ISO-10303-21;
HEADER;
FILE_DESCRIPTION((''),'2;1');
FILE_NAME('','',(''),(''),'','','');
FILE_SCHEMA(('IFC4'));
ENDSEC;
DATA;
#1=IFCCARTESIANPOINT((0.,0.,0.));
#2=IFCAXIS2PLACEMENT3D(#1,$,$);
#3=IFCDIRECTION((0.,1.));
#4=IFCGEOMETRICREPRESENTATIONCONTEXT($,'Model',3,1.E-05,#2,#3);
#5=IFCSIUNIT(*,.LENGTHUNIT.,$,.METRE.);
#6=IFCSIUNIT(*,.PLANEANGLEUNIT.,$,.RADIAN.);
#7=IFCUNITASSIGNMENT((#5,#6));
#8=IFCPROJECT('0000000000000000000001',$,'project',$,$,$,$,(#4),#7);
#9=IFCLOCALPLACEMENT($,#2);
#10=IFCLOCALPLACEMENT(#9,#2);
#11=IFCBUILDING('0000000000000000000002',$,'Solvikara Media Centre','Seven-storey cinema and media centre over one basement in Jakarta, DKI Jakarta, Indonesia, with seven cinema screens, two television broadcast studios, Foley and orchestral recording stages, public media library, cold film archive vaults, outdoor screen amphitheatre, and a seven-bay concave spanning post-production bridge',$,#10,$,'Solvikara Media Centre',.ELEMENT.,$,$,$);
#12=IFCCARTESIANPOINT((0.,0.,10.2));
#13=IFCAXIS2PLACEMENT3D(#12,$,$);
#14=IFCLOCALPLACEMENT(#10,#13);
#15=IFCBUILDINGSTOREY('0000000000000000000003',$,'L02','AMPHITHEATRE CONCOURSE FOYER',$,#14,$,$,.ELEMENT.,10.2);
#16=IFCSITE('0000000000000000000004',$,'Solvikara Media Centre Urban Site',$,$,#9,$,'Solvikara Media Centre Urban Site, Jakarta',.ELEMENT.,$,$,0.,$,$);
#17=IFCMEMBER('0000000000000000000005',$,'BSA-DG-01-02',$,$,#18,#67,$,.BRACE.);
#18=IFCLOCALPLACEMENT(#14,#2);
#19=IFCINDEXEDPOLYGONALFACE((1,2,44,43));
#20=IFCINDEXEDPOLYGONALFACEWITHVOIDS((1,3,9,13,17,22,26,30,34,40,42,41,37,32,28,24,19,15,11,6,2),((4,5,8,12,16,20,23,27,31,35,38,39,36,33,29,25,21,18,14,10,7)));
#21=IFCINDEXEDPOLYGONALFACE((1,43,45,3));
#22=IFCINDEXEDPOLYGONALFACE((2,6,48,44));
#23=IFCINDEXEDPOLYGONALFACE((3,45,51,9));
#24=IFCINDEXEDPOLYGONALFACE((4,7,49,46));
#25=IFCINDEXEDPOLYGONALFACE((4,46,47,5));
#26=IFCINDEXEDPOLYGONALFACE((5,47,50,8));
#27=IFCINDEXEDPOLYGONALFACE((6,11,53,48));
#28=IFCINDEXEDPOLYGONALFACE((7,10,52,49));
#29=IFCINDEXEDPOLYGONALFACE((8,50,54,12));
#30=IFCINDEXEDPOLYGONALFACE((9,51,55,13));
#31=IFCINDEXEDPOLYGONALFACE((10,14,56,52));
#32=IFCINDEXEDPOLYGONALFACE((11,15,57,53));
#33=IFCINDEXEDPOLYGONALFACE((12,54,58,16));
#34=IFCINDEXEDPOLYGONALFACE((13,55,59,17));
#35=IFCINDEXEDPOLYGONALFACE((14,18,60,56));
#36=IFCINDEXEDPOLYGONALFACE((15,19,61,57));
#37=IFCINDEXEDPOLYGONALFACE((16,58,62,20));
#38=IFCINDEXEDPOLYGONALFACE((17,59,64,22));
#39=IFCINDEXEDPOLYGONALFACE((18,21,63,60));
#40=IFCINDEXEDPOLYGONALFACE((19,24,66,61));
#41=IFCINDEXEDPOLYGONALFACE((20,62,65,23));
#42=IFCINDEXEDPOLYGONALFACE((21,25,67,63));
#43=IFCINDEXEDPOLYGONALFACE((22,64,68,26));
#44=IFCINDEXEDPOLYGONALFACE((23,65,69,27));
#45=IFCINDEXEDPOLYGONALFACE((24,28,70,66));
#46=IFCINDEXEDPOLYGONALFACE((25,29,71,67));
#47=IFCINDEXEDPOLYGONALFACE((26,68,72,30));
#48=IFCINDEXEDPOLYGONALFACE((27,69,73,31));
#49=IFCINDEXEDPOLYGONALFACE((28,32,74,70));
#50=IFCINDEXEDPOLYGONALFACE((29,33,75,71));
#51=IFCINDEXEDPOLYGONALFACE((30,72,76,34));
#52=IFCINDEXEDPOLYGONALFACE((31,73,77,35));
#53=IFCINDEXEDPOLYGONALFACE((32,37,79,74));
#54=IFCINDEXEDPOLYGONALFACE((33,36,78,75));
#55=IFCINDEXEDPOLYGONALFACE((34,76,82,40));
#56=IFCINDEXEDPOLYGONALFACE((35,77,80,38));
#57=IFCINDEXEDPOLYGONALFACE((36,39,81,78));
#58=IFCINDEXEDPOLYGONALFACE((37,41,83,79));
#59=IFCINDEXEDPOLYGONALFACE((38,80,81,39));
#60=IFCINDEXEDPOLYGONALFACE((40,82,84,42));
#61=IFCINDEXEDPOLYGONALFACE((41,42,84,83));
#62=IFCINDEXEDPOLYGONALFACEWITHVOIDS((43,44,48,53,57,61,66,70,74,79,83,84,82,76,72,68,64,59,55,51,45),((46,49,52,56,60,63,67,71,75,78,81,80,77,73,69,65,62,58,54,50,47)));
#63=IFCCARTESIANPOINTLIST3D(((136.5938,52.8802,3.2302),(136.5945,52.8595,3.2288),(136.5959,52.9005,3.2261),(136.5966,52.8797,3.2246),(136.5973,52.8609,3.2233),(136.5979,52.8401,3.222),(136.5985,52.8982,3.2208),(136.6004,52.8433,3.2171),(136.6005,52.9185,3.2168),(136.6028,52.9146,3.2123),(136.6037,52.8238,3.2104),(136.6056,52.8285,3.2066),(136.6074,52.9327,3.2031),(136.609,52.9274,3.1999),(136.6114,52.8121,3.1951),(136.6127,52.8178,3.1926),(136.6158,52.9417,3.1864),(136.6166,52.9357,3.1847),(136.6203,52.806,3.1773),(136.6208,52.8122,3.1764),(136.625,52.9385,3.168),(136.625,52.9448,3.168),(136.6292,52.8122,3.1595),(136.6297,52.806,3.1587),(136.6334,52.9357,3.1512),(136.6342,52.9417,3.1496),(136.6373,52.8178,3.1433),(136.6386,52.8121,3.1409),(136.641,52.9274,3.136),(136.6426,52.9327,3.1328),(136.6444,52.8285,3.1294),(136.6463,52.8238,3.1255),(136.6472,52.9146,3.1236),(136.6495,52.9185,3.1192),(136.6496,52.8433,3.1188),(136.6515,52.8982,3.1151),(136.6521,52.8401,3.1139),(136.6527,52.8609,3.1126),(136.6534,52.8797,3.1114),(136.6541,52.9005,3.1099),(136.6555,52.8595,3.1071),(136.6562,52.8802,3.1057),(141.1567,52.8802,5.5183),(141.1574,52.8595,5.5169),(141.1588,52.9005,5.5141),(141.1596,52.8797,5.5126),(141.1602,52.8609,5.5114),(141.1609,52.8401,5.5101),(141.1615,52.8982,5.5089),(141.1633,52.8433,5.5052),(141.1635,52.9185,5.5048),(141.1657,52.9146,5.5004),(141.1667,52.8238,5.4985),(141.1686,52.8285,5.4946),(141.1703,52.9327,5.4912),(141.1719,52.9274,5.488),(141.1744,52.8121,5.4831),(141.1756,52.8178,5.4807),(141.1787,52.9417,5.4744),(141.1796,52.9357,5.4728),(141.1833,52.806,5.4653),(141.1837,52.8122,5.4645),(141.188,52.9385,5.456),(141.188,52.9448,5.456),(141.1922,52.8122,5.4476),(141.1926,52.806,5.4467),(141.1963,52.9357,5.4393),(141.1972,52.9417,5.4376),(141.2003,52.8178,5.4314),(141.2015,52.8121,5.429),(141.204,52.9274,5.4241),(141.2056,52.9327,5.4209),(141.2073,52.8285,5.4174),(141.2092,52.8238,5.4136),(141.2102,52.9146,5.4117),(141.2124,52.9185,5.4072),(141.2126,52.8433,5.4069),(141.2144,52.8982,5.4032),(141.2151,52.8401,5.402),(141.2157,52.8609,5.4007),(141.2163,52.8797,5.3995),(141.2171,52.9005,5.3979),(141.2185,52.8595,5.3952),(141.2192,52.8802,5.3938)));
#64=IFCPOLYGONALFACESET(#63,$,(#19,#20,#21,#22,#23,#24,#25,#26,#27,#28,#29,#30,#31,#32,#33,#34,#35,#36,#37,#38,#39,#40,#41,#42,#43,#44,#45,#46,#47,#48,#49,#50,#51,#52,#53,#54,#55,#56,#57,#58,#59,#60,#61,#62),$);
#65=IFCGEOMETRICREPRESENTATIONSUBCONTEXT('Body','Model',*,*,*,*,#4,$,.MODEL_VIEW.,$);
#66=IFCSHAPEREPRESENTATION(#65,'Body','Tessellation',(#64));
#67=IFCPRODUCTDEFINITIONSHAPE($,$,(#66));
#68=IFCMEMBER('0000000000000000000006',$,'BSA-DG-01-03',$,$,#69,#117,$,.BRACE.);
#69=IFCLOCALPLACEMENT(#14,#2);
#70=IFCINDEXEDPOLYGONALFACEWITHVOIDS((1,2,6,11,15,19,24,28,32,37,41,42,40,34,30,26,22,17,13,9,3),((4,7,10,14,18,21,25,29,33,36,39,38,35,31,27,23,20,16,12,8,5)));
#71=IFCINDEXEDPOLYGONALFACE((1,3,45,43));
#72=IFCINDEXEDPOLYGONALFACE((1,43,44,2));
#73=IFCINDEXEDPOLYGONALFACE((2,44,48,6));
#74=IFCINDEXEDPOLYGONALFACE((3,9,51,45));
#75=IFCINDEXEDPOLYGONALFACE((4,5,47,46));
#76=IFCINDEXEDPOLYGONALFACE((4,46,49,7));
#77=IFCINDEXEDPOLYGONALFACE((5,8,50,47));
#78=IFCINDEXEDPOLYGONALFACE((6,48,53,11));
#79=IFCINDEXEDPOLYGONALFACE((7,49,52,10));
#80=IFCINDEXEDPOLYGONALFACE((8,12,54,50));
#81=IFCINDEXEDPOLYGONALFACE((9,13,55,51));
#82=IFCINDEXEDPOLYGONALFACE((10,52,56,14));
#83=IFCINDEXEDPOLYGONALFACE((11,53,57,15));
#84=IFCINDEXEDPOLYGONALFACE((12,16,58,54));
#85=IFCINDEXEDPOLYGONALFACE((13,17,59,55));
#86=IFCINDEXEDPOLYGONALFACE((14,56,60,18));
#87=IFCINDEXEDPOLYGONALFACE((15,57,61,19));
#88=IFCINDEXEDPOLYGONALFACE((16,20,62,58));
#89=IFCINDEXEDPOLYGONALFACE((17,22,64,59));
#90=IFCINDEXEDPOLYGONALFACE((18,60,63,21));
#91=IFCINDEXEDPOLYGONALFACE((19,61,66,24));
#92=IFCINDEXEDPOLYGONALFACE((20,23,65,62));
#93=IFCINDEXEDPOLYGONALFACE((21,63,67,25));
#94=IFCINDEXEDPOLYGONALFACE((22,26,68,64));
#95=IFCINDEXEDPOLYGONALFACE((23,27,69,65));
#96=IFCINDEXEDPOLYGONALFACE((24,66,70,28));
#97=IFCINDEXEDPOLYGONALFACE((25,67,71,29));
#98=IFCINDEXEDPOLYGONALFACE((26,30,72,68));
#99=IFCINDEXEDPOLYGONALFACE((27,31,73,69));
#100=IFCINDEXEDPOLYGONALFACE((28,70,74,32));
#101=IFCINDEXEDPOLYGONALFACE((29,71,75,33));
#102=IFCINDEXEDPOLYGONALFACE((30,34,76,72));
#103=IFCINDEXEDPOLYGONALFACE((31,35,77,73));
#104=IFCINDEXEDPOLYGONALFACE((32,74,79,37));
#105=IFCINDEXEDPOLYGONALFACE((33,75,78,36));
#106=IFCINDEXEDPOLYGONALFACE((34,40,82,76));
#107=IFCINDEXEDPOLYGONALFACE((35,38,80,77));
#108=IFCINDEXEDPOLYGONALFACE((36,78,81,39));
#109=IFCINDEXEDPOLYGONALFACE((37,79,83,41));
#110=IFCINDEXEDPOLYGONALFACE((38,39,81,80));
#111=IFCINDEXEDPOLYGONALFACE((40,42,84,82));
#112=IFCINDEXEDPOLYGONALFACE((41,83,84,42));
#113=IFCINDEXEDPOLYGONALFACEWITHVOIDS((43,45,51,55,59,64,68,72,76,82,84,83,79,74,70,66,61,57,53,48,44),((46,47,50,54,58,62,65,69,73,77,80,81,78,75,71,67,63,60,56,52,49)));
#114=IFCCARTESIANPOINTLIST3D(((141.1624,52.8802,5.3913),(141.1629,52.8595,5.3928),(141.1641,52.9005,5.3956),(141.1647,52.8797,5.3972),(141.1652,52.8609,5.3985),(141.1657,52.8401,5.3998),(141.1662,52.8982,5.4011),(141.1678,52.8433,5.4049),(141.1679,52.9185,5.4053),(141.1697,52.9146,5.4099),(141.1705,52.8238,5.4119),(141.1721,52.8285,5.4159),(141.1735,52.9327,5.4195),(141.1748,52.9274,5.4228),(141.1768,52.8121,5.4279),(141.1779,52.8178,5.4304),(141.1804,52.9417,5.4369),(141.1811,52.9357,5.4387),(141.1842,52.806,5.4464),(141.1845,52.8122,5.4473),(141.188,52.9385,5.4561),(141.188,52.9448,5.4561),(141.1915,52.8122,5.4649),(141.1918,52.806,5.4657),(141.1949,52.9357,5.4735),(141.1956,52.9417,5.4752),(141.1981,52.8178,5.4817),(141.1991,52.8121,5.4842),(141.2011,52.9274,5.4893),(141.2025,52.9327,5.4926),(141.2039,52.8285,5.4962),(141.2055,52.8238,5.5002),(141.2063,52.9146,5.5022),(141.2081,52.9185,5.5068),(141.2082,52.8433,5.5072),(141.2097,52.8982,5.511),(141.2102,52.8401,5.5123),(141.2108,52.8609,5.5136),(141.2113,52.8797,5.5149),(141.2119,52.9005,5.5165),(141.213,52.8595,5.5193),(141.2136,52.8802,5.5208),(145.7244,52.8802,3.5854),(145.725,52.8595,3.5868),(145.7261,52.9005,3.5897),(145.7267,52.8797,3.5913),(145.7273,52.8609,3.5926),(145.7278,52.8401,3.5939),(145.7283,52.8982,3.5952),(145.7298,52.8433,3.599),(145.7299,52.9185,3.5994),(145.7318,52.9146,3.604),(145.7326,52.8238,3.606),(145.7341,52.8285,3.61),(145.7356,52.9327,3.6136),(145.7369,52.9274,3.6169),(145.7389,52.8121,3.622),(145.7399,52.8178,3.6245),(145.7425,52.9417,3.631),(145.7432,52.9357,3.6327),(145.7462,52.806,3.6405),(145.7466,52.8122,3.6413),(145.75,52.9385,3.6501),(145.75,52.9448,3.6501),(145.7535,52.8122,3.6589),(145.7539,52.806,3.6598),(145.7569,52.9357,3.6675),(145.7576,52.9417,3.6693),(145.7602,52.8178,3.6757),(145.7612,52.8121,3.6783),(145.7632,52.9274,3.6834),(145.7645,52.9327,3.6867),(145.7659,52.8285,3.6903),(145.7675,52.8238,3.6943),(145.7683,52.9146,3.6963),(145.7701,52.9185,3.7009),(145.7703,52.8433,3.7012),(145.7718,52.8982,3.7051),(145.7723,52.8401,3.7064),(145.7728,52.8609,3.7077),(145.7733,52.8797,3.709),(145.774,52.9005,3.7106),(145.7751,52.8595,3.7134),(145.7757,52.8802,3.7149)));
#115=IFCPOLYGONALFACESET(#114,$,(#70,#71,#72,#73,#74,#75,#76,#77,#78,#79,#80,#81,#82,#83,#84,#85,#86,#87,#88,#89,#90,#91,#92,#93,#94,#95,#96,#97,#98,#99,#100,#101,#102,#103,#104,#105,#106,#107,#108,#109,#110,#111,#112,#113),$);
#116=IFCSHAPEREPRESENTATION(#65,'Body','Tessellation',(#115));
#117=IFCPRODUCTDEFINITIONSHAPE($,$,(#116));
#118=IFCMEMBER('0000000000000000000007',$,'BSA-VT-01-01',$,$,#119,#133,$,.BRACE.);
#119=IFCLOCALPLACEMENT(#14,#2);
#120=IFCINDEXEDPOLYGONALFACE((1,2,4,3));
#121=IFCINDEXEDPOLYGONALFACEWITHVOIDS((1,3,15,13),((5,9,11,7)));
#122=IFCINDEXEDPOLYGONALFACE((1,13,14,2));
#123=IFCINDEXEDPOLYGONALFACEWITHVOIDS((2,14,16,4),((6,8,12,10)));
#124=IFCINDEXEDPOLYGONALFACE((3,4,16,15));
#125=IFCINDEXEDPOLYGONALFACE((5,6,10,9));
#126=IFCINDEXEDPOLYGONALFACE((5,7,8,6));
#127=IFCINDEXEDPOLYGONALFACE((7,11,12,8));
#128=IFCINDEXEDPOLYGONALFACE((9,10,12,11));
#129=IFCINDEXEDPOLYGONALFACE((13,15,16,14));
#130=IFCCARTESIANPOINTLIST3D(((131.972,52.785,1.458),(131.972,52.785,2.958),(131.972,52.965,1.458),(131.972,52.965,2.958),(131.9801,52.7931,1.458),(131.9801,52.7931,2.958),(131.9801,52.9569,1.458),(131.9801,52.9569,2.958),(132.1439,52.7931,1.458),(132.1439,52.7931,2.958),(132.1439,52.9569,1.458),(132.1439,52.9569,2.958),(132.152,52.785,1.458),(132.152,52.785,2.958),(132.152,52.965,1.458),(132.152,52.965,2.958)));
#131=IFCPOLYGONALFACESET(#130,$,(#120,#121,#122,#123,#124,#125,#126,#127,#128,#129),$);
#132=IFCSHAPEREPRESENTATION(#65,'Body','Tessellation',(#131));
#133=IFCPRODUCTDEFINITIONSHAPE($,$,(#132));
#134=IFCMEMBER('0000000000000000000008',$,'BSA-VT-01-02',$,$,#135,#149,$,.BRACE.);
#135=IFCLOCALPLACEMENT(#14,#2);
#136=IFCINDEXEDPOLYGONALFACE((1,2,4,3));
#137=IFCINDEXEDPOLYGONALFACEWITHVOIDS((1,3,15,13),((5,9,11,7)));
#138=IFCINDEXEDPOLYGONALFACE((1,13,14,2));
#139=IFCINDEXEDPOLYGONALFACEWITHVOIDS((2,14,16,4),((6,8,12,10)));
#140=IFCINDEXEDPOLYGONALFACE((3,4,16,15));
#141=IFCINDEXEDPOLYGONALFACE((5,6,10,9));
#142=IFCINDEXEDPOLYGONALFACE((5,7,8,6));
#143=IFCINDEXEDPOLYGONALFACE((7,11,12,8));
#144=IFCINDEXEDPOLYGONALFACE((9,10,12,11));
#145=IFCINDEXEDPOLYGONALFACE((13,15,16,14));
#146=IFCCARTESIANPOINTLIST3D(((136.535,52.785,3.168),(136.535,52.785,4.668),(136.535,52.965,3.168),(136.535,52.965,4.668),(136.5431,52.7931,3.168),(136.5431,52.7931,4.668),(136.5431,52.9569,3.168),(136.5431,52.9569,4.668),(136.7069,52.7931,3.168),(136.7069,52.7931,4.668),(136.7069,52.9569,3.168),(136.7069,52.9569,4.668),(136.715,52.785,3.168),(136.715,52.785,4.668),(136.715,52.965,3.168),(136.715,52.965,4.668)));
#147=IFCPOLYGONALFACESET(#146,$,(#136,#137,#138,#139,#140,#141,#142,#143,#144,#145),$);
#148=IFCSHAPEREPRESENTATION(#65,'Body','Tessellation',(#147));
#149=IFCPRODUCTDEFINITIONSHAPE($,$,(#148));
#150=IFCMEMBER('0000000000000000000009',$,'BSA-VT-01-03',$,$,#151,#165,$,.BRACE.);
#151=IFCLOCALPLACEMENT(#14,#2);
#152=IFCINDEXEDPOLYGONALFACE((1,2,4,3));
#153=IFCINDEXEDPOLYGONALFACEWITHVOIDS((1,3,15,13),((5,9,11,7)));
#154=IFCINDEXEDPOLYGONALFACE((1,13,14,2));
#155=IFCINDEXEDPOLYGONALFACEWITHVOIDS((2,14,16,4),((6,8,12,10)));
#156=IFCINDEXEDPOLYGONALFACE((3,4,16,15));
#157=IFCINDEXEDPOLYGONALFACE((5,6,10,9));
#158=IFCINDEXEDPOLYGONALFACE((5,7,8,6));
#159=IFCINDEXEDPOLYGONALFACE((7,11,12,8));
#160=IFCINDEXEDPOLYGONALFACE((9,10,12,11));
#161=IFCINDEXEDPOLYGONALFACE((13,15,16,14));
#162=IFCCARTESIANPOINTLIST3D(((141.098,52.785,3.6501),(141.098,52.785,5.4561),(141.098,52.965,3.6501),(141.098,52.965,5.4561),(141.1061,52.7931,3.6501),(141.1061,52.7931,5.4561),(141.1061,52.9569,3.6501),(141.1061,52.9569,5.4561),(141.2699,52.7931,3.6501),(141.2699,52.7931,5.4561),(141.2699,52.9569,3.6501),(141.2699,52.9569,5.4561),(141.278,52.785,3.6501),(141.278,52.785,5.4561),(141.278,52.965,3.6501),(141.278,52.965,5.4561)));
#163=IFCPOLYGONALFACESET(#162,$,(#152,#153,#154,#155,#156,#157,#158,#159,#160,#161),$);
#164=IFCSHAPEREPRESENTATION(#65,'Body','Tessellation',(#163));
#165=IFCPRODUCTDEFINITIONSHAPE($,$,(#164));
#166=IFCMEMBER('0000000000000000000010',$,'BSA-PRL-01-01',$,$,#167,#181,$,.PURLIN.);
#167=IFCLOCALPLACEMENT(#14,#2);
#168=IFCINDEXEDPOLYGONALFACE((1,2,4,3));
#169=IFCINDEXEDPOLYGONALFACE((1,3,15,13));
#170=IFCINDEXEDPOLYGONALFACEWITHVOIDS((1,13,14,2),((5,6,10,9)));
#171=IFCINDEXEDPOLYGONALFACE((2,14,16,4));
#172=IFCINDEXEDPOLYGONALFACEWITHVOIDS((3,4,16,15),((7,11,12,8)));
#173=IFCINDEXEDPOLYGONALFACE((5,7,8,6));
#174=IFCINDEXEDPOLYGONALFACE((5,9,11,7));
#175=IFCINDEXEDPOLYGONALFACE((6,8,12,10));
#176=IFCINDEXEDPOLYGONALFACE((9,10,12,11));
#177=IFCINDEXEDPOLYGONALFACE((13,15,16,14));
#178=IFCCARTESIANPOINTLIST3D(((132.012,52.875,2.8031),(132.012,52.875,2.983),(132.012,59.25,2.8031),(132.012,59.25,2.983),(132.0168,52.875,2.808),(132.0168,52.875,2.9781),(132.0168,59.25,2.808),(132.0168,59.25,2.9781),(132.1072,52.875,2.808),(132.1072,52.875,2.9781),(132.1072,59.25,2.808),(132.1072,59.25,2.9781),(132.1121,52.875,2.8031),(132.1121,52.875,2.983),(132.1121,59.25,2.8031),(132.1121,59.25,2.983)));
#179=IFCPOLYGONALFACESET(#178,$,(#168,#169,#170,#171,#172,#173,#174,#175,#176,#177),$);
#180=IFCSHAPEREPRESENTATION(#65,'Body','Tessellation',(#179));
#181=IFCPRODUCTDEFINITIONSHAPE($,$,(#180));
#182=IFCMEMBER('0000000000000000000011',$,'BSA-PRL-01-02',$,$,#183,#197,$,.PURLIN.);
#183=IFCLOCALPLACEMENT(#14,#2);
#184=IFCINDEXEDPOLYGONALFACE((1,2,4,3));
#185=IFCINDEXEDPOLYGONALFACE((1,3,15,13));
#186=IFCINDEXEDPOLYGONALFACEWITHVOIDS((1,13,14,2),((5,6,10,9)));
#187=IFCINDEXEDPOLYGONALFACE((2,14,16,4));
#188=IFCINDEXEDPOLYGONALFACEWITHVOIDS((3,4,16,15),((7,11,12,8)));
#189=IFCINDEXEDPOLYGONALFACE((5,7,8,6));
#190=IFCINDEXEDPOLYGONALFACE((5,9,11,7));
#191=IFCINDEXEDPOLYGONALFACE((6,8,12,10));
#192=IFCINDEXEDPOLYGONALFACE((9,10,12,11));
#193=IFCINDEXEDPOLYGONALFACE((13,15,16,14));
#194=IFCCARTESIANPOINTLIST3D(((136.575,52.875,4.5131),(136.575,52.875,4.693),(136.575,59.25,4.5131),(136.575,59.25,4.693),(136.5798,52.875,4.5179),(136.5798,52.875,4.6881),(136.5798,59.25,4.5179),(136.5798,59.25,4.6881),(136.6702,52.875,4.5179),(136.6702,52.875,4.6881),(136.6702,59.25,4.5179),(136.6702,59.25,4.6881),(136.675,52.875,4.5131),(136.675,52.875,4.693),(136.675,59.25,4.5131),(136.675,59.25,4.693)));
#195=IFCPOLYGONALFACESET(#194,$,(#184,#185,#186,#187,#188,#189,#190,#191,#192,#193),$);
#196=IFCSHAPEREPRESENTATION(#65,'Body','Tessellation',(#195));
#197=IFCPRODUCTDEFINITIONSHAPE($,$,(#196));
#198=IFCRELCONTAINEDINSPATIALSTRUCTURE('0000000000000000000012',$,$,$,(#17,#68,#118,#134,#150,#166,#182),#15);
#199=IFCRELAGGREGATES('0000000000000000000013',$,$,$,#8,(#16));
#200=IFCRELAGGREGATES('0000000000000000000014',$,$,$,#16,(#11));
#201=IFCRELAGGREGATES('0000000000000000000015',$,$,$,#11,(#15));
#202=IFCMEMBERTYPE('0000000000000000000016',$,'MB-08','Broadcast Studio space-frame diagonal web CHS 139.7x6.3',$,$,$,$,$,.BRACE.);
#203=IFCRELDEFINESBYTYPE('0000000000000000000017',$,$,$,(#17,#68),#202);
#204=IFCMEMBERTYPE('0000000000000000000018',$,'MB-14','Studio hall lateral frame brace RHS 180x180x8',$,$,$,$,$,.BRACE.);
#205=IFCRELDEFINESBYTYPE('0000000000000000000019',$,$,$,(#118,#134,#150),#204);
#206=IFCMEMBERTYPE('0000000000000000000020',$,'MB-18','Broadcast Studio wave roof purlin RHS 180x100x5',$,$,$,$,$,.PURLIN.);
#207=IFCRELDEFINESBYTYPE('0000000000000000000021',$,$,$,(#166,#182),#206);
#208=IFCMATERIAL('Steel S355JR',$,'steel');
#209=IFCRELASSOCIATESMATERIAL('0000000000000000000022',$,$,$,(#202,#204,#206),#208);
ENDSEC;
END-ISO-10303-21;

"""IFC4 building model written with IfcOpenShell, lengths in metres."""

from ifc_helpers import new_model, si_unit, direction, frame, origin, origin_2d, place, context, subcontext, project, spatial, hollow_rectangle, hollow_circle, extrude, material, material_profile, profile_set, type_object, element, save


model = new_model("IFC4")

# Units and contexts
model_context = context("Model", 3, precision=1e-05, world=origin(), true_north=direction((0.0, 1.0)))
body_context = subcontext(model_context, "Body", "Model", "MODEL_VIEW")
ifc_project = project(units=[si_unit("LENGTHUNIT", "METRE"), si_unit("PLANEANGLEUNIT", "RADIAN")], contexts=[model_context])

# Site, building, storey
site_placement = place(None, origin())
site = spatial("IfcSite", under=ifc_project, at=site_placement, Name="Solvikara Media Centre Urban Site", LongName="Solvikara Media Centre Urban Site, Jakarta", CompositionType="ELEMENT", RefElevation=0.0)
building_placement = place(site_placement, origin())
building = spatial("IfcBuilding", under=site, at=building_placement, Name="Solvikara Media Centre", Description="Seven-storey cinema and media centre over one basement in Jakarta, DKI Jakarta, Indonesia, with seven cinema screens, two television broadcast studios, Foley and orchestral recording stages, public media library, cold film archive vaults, outdoor screen amphitheatre, and a seven-bay concave spanning post-production bridge", LongName="Solvikara Media Centre", CompositionType="ELEMENT")
storey_placement = place(building_placement, frame((0.0, 0.0, 10.2)))
storey = spatial("IfcBuildingStorey", under=building, at=storey_placement, Name="L02", Description="AMPHITHEATRE CONCOURSE FOYER", CompositionType="ELEMENT", Elevation=10.2)

# Members
ifc_material_1 = material(Name="Steel S355JR", Category="steel")
ifc_material_profile_1 = material_profile(ifc_material_1, hollow_circle(Radius=0.0698, WallThickness=0.0063, at=origin_2d()), Name="CHS 139.7x6.3")
ifc_profile_set_1 = profile_set([ifc_material_profile_1], Name="Steel S355JR")
member_type_1 = type_object("IfcMemberType", Name="MB-08", Description="Broadcast Studio space-frame diagonal web CHS 139.7x6.3", PredefinedType="BRACE", material=ifc_profile_set_1)
member_1_placement = place(storey_placement, frame((136.625, 52.875, 3.168), z_axis=(0.89391, 0.0, 0.448246), x_axis=(0.0, 1.0, 0.0)))
element("IfcMember", 1, at=member_1_placement, inside=storey, type_object=member_type_1, Name="BSA-DG-01-02", PredefinedType="BRACE", context=body_context, shape_type="SweptSolid", body=[
    extrude(hollow_circle(Radius=0.0698, WallThickness=0.0063, at=origin_2d()), origin(), (0.0, 0.0, 1.0), 5.1045),
])
member_2_placement = place(storey_placement, frame((141.188, 52.875, 5.4561), z_axis=(0.929799, 0.0, -0.368068), x_axis=(0.0, 1.0, 0.0)))
element("IfcMember", 2, at=member_2_placement, inside=storey, type_object=member_type_1, Name="BSA-DG-01-03", PredefinedType="BRACE", context=body_context, shape_type="SweptSolid", body=[
    extrude(hollow_circle(Radius=0.0698, WallThickness=0.0063, at=origin_2d()), origin(), (0.0, 0.0, 1.0), 4.9065),
])
ifc_material_profile_2 = material_profile(ifc_material_1, hollow_rectangle(XDim=0.1799, YDim=0.1799, WallThickness=0.0081, at=origin_2d()), Name="RHS 180x180x8")
ifc_profile_set_2 = profile_set([ifc_material_profile_2], Name="Steel S355JR")
member_type_2 = type_object("IfcMemberType", Name="MB-14", Description="Studio hall lateral frame brace RHS 180x180x8", PredefinedType="BRACE", material=ifc_profile_set_2)
for number, where, z_axis, x_axis, name in (
    (3, (132.062, 52.875, 1.458), (0.0, 0.0, 1.0), (1.0, 0.0, 0.0), "BSA-VT-01-01"),
    (4, (136.625, 52.875, 3.168), (0.0, 0.0, 1.0), (1.0, 0.0, 0.0), "BSA-VT-01-02"),
):
    element("IfcMember", number, at=place(storey_placement, frame(where, z_axis=z_axis, x_axis=x_axis)), inside=storey, type_object=member_type_2, Name=name, PredefinedType="BRACE", context=body_context, shape_type="SweptSolid", body=[
        extrude(hollow_rectangle(XDim=0.1799, YDim=0.1799, WallThickness=0.0081, at=origin_2d()), origin(), (0.0, 0.0, 1.0), 1.5),
    ])
member_3_placement = place(storey_placement, frame((141.188, 52.875, 3.6501), z_axis=(0.0, 0.0, 1.0), x_axis=(1.0, 0.0, 0.0)))
element("IfcMember", 5, at=member_3_placement, inside=storey, type_object=member_type_2, Name="BSA-VT-01-03", PredefinedType="BRACE", context=body_context, shape_type="SweptSolid", body=[
    extrude(hollow_rectangle(XDim=0.1799, YDim=0.1799, WallThickness=0.0081, at=origin_2d()), origin(), (0.0, 0.0, 1.0), 1.8059),
])
ifc_material_profile_3 = material_profile(ifc_material_1, hollow_rectangle(XDim=0.1001, YDim=0.1799, WallThickness=0.0049, at=origin_2d()), Name="RHS 180x100x5")
ifc_profile_set_3 = profile_set([ifc_material_profile_3], Name="Steel S355JR")
member_type_3 = type_object("IfcMemberType", Name="MB-18", Description="Broadcast Studio wave roof purlin RHS 180x100x5", PredefinedType="PURLIN", material=ifc_profile_set_3)
for number, where, z_axis, x_axis, name in (
    (6, (132.062, 52.875, 2.8931), (0.0, 1.0, 0.0), (-1.0, 0.0, 0.0), "BSA-PRL-01-01"),
    (7, (136.625, 52.875, 4.603), (0.0, 1.0, 0.0), (-1.0, 0.0, 0.0), "BSA-PRL-01-02"),
):
    element("IfcMember", number, at=place(storey_placement, frame(where, z_axis=z_axis, x_axis=x_axis)), inside=storey, type_object=member_type_3, Name=name, PredefinedType="PURLIN", context=body_context, shape_type="SweptSolid", body=[
        extrude(hollow_rectangle(XDim=0.1001, YDim=0.1799, WallThickness=0.0049, at=origin_2d()), origin(), (0.0, 0.0, 1.0), 6.375),
    ])

save(model, "model.ifc")
